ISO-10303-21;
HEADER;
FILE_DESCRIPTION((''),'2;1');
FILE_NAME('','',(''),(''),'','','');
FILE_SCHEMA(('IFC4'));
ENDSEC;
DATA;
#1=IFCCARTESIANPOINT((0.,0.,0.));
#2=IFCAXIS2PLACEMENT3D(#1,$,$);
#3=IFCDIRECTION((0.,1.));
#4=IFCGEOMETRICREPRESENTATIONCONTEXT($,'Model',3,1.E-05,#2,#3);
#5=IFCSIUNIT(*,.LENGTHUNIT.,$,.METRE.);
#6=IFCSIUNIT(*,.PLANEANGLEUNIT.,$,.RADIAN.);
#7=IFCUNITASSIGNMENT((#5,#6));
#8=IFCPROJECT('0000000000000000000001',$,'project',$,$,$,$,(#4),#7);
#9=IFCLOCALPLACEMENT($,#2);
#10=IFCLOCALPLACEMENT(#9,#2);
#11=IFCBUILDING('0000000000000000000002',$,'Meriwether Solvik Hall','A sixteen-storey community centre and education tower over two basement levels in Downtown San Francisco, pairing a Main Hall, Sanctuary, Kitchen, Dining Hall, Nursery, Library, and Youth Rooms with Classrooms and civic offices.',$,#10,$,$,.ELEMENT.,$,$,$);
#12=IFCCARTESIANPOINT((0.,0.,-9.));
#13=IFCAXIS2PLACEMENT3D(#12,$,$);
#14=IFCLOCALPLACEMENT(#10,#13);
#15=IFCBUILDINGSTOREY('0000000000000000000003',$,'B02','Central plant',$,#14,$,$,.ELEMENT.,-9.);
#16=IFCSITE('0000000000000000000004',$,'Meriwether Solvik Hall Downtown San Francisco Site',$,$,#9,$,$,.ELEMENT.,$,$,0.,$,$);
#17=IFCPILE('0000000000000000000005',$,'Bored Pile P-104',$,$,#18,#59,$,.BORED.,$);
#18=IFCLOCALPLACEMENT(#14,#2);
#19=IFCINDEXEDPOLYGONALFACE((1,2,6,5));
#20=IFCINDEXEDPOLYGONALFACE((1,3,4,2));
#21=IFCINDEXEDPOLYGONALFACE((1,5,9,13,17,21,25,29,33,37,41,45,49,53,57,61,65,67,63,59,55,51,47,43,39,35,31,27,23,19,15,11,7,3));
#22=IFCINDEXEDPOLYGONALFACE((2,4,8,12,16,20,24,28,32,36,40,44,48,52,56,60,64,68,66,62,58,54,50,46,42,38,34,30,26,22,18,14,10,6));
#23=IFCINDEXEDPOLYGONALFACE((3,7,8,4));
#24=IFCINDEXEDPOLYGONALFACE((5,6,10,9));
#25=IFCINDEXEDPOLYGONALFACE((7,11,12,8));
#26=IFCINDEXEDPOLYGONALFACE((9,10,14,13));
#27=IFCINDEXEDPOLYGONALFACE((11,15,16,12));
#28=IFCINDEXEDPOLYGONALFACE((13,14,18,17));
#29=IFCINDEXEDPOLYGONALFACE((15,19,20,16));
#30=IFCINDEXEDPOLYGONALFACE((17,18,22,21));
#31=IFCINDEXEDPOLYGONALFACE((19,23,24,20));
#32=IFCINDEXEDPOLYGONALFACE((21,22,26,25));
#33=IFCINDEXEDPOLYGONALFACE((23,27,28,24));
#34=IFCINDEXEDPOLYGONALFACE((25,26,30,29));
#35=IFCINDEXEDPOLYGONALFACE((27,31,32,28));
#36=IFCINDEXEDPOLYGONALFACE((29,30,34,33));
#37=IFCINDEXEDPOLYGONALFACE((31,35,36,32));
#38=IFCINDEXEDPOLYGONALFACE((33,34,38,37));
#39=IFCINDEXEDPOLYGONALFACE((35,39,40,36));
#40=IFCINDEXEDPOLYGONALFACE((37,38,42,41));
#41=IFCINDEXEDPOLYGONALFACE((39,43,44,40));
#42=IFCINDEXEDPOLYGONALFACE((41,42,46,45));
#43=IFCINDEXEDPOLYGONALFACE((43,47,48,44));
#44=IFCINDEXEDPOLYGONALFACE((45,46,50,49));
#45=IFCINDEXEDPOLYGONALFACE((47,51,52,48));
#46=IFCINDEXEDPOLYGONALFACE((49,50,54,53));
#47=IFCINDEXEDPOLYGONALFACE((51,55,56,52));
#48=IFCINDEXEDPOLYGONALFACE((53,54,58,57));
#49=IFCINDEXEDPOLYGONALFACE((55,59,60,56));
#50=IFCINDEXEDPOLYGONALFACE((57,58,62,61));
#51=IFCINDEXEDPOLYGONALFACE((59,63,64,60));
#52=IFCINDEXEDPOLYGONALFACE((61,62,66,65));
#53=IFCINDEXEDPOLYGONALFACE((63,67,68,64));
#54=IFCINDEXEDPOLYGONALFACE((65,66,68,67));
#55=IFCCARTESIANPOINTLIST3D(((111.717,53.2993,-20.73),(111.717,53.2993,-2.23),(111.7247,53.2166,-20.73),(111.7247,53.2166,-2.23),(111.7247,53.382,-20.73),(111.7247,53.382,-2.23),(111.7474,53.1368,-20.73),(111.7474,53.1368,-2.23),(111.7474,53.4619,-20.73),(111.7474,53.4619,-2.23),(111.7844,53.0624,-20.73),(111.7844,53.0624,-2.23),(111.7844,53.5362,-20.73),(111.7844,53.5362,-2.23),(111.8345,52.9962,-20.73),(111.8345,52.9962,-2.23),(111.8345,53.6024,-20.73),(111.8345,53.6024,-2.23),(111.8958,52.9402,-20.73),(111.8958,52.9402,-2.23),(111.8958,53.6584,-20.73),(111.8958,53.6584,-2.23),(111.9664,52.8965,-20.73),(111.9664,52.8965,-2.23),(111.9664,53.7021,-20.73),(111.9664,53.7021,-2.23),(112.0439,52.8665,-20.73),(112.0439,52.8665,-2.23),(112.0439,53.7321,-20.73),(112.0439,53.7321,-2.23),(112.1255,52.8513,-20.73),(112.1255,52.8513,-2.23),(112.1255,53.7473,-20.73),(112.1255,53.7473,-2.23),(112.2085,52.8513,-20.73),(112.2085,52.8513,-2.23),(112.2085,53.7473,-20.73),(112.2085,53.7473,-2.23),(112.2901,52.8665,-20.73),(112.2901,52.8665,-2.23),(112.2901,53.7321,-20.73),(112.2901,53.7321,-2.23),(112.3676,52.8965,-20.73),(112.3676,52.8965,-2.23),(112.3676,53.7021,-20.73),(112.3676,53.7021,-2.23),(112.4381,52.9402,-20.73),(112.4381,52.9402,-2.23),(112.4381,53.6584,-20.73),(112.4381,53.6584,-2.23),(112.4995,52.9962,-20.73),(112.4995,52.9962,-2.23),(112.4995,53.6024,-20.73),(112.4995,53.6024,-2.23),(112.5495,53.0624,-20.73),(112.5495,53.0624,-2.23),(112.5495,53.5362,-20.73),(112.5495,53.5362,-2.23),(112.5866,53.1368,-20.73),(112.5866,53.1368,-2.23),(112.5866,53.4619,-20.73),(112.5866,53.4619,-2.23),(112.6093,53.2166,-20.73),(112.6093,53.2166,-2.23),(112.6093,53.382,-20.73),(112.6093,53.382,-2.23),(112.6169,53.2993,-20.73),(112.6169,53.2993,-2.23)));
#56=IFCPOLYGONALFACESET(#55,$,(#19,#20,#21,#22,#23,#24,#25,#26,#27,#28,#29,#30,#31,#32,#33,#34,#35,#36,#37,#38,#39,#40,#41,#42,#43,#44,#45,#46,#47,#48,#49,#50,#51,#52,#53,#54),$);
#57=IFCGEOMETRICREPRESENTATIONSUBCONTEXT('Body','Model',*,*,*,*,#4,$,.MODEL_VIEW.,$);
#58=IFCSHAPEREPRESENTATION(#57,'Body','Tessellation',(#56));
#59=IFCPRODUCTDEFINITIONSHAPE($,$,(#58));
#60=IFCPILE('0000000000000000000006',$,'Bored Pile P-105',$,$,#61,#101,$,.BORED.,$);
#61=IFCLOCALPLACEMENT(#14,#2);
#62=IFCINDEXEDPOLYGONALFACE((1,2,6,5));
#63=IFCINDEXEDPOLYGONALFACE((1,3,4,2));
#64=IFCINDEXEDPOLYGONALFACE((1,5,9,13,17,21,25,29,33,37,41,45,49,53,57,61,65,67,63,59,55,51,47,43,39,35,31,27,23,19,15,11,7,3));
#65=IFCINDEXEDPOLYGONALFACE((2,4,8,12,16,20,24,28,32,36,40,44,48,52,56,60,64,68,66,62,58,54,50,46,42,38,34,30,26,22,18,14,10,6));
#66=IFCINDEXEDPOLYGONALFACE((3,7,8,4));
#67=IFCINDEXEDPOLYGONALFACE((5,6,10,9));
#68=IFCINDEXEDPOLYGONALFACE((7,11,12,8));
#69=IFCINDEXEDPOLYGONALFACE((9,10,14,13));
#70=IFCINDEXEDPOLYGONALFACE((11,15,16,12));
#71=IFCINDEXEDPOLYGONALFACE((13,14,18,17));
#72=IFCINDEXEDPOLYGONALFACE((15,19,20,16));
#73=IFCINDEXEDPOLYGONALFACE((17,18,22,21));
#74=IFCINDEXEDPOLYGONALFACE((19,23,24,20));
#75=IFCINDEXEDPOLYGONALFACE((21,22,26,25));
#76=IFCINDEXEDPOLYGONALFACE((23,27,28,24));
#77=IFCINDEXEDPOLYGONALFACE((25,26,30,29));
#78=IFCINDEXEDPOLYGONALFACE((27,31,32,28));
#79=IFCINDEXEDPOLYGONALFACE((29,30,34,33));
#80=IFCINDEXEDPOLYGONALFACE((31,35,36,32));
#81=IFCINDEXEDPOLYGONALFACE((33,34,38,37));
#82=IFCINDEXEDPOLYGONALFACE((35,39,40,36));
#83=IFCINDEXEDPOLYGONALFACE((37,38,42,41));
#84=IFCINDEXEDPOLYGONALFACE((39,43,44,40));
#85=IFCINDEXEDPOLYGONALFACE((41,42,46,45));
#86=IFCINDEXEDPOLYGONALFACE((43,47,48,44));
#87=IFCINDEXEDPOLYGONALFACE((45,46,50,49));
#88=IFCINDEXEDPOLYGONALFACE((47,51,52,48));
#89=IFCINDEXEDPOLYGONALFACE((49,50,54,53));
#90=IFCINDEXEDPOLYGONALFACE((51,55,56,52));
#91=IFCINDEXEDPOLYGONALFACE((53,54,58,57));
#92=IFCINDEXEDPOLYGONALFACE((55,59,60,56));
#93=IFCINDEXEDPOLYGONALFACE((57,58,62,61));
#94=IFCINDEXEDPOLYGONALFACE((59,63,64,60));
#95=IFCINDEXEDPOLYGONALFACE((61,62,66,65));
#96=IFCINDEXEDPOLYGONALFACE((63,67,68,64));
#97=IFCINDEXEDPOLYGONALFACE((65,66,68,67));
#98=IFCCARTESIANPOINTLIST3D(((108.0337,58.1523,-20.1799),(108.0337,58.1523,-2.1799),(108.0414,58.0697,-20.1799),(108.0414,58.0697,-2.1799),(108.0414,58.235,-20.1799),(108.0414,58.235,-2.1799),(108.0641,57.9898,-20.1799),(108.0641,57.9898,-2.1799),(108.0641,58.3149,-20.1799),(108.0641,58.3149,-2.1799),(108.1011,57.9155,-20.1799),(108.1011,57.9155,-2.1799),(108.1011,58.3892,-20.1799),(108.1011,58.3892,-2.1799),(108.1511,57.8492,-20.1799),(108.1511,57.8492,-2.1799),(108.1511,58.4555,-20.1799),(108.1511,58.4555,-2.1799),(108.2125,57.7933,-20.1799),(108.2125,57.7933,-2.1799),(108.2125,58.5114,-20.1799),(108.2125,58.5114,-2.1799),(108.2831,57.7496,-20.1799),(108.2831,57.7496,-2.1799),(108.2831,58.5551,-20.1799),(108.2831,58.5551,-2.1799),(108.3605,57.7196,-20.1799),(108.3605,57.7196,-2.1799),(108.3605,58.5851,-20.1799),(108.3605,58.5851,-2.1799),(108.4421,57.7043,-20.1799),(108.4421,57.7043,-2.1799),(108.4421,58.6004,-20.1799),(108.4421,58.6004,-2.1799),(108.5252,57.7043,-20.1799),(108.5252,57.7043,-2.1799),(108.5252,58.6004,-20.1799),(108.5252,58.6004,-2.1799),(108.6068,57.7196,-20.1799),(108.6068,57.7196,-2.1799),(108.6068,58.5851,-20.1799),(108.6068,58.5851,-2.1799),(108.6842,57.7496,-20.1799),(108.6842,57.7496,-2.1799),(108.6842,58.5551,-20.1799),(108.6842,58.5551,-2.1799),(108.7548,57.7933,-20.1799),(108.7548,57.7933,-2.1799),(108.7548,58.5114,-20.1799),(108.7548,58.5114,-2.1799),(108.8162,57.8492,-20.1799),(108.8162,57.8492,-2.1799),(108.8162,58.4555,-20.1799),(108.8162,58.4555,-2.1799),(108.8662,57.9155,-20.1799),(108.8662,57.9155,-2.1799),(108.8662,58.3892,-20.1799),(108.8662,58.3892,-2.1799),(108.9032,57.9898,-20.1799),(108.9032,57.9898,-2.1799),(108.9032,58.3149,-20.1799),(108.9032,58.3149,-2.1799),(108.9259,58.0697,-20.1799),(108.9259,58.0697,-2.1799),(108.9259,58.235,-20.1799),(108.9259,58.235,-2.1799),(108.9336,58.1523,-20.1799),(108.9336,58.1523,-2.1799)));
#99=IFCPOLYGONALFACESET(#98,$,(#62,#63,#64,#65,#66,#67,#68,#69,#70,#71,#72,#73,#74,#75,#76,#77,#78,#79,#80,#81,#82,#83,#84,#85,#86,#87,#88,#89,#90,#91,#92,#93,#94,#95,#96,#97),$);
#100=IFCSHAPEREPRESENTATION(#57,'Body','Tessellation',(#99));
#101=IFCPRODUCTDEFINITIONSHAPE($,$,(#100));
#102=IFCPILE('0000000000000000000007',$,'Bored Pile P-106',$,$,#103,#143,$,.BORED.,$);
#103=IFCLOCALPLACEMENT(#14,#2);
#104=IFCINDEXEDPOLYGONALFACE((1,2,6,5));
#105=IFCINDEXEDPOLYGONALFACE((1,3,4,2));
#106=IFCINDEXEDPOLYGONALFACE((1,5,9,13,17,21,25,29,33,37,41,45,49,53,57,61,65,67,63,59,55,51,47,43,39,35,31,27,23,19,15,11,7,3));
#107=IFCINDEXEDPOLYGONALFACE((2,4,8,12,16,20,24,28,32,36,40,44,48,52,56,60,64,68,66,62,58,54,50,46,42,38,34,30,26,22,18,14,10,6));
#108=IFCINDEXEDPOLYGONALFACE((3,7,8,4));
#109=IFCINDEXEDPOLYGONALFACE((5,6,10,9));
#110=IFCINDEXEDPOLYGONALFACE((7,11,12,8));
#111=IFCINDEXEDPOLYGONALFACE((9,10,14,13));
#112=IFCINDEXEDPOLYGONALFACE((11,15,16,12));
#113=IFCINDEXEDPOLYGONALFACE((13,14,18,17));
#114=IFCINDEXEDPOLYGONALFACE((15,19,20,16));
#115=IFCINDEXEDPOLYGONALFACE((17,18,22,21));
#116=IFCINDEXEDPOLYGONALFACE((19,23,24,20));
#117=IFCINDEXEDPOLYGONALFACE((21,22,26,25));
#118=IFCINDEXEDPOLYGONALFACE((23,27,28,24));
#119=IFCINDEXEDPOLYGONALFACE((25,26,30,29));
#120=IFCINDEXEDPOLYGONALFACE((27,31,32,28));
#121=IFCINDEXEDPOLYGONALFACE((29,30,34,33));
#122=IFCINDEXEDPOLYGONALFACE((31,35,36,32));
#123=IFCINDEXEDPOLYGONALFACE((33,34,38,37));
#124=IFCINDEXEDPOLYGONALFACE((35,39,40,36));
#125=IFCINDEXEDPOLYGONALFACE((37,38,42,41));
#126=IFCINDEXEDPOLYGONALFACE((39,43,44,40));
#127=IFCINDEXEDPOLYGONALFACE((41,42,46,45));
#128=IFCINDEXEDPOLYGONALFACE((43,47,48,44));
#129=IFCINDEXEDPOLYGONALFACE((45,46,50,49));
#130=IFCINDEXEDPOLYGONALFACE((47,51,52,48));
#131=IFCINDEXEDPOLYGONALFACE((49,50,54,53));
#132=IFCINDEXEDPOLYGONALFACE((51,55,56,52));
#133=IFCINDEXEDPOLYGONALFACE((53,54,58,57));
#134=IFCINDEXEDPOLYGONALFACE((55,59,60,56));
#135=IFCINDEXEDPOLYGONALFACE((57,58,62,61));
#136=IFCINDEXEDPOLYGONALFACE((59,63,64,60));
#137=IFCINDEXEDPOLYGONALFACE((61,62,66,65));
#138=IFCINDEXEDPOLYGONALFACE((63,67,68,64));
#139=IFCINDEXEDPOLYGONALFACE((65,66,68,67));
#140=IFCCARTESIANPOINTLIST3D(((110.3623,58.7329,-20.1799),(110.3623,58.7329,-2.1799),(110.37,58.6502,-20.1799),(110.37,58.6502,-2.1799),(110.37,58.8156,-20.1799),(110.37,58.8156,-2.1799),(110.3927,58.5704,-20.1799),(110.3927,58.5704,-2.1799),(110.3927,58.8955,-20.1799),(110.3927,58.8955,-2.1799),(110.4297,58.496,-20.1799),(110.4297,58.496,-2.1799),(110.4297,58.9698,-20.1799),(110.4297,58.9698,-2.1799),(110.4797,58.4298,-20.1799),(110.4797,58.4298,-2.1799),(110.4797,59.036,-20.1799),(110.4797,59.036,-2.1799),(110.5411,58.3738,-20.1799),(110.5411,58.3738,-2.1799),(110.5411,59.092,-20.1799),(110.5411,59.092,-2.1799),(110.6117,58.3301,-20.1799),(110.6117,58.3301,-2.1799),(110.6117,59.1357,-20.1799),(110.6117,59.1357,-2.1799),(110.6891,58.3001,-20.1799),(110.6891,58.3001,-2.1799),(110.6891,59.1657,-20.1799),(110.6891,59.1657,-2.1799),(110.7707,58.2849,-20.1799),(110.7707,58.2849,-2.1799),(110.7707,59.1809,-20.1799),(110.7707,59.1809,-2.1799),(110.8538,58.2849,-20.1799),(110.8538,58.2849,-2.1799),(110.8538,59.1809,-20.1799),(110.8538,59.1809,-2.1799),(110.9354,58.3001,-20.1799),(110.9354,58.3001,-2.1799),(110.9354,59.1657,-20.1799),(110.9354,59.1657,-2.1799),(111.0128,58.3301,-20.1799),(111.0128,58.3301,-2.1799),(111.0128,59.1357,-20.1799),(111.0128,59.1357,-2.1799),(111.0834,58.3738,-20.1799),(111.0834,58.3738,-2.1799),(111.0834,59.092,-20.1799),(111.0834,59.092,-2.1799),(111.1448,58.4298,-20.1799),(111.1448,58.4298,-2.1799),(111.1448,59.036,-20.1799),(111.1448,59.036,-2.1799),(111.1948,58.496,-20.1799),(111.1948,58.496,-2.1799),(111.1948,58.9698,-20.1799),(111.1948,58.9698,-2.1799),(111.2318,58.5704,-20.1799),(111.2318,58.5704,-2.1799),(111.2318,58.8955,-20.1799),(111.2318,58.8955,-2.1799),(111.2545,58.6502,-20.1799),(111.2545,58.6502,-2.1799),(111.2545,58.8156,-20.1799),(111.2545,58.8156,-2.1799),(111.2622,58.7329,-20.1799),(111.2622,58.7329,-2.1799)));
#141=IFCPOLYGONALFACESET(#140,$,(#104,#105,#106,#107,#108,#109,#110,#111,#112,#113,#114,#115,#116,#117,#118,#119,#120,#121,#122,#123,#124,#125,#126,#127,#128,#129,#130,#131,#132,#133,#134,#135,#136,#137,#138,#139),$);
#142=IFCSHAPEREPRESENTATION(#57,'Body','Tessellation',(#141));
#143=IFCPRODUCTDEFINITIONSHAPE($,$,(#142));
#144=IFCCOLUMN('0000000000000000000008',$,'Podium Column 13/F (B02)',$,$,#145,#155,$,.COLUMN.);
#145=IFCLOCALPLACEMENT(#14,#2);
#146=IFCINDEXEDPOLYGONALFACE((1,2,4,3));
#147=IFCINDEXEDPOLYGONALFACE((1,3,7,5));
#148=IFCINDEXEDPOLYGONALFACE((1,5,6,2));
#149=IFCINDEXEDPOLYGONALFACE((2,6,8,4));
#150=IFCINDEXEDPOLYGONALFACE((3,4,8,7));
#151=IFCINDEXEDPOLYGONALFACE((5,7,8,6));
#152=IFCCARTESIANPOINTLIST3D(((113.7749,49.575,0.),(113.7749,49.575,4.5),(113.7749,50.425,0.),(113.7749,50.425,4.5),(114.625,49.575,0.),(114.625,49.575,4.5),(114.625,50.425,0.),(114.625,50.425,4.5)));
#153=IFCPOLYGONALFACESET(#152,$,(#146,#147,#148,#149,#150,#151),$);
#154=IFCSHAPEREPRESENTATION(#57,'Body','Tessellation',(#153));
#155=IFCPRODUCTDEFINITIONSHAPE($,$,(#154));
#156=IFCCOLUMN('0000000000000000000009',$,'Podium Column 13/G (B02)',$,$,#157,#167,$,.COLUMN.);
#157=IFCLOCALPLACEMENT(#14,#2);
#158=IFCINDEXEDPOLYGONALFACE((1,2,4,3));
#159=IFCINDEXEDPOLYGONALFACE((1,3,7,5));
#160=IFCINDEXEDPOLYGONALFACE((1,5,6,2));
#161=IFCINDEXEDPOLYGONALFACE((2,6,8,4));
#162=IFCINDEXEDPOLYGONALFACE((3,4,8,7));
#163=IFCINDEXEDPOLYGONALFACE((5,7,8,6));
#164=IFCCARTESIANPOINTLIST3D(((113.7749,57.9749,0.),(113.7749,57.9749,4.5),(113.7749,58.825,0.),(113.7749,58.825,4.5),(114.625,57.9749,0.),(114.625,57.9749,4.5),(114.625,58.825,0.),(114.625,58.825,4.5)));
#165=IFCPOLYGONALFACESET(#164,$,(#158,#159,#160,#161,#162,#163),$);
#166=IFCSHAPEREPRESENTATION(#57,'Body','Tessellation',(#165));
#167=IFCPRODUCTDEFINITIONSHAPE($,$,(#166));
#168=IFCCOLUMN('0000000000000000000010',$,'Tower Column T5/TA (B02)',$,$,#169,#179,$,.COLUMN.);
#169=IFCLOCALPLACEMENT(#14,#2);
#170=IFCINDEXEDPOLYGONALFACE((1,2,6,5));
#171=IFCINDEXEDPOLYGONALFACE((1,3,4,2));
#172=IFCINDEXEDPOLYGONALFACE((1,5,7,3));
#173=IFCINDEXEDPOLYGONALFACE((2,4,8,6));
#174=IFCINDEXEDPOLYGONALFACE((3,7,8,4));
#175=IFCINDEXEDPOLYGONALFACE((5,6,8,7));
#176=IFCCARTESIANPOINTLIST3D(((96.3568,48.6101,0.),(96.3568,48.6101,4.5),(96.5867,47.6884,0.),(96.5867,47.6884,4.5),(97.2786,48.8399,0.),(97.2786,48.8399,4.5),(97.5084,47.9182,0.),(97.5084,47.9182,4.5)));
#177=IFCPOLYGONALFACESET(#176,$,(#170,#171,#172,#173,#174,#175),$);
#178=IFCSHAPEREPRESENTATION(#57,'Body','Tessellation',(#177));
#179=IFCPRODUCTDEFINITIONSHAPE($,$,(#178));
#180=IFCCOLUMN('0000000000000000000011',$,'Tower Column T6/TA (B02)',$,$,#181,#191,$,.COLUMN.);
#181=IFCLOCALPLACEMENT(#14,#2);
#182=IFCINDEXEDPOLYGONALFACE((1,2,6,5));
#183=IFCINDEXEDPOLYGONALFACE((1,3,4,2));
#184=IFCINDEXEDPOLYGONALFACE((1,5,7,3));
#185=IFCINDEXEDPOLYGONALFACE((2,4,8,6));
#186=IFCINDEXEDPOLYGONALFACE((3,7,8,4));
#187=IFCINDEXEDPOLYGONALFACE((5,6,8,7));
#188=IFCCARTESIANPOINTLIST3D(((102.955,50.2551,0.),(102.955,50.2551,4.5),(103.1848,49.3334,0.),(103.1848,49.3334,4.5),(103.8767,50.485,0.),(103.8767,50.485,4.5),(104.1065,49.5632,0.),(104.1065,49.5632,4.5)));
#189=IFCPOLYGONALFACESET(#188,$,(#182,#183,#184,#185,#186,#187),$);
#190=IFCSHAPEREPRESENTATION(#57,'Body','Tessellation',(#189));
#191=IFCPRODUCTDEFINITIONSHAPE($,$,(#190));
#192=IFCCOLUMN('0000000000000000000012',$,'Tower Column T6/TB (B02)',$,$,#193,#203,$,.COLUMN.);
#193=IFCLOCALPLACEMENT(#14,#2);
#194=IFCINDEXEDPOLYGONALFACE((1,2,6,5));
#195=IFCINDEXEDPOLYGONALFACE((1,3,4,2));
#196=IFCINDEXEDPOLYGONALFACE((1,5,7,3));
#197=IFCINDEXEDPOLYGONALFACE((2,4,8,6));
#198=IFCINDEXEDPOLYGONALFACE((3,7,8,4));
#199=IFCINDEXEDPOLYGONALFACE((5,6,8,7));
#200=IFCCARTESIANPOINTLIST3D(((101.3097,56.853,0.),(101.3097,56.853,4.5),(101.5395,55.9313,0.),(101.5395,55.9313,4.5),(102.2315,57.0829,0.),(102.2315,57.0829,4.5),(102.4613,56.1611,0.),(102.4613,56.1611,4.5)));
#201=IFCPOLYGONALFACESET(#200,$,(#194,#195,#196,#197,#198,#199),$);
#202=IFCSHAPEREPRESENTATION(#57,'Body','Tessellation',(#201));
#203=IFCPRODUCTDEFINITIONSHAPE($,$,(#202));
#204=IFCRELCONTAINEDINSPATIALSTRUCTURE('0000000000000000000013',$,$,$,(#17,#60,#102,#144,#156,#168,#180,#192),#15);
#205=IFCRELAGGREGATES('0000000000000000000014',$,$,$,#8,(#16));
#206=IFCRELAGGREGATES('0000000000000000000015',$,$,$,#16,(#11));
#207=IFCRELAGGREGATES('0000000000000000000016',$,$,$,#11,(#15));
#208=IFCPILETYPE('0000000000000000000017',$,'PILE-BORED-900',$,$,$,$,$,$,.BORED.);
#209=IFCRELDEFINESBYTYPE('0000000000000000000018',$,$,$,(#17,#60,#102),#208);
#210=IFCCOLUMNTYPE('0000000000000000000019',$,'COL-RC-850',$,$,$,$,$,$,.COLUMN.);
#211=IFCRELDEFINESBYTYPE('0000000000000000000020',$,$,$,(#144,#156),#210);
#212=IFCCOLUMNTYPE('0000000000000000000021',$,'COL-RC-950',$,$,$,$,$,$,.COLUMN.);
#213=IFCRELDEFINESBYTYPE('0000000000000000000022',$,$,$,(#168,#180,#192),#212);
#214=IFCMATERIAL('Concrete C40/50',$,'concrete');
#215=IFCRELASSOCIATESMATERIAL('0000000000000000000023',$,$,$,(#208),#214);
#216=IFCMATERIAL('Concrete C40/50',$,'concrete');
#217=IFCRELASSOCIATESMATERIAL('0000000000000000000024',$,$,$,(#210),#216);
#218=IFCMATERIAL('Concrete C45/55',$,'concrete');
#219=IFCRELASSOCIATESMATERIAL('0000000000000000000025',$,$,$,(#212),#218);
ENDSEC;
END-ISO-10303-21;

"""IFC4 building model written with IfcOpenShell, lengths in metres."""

from ifc_helpers import new_model, si_unit, direction, frame, origin, origin_2d, place, context, subcontext, project, spatial, rectangle, circle, extrude, material, material_profile, profile_set, type_object, element, save


model = new_model("IFC4")

# Units and contexts
model_context = context("Model", 3, precision=1e-05, world=origin(), true_north=direction((0.0, 1.0)))
body_context = subcontext(model_context, "Body", "Model", "MODEL_VIEW")
ifc_project = project(units=[si_unit("LENGTHUNIT", "METRE"), si_unit("PLANEANGLEUNIT", "RADIAN")], contexts=[model_context])

# Site, building, storey
site_placement = place(None, origin())
site = spatial("IfcSite", under=ifc_project, at=site_placement, Name="Meriwether Solvik Hall Downtown San Francisco Site", CompositionType="ELEMENT", RefElevation=0.0)
building_placement = place(site_placement, origin())
building = spatial("IfcBuilding", under=site, at=building_placement, Name="Meriwether Solvik Hall", Description="A sixteen-storey community centre and education tower over two basement levels in Downtown San Francisco, pairing a Main Hall, Sanctuary, Kitchen, Dining Hall, Nursery, Library, and Youth Rooms with Classrooms and civic offices.", CompositionType="ELEMENT")
storey_placement = place(building_placement, frame((0.0, 0.0, -9.0)))
storey = spatial("IfcBuildingStorey", under=building, at=storey_placement, Name="B02", Description="Central plant", CompositionType="ELEMENT", Elevation=-9.0)

# Piles
ifc_material_1 = material(Name="Concrete C40/50", Category="concrete")
ifc_material_profile_1 = material_profile(ifc_material_1, circle(Radius=0.45, at=origin_2d()), Name="PILE-D900")
ifc_profile_set_1 = profile_set([ifc_material_profile_1], Name="Concrete C40/50")
pile_type_1 = type_object("IfcPileType", Name="PILE-BORED-900", PredefinedType="BORED", material=ifc_profile_set_1)
for number, where, z_axis, x_axis, name in (
    (1, (112.167, 53.2993, -2.23), (0.0, 0.0, -1.0), (1.0, 0.0, 0.0), "Bored Pile P-104"),
):
    element("IfcPile", number, at=place(storey_placement, frame(where, z_axis=z_axis, x_axis=x_axis)), inside=storey, type_object=pile_type_1, Name=name, PredefinedType="BORED", context=body_context, shape_type="SweptSolid", body=[
        extrude(circle(Radius=0.45, at=origin_2d()), origin(), (0.0, 0.0, 1.0), 18.5),
    ])
for number, where, z_axis, x_axis, name in (
    (2, (108.4836, 58.1523, -2.1799), (0.0, 0.0, -1.0), (1.0, 0.0, 0.0), "Bored Pile P-105"),
    (3, (110.8123, 58.7329, -2.1799), (0.0, 0.0, -1.0), (1.0, 0.0, 0.0), "Bored Pile P-106"),
):
    element("IfcPile", number, at=place(storey_placement, frame(where, z_axis=z_axis, x_axis=x_axis)), inside=storey, type_object=pile_type_1, Name=name, PredefinedType="BORED", context=body_context, shape_type="SweptSolid", body=[
        extrude(circle(Radius=0.45, at=origin_2d()), origin(), (0.0, 0.0, 1.0), 18.0),
    ])

# Columns
ifc_material_2 = material(Name="Concrete C40/50", Category="concrete")
ifc_material_profile_2 = material_profile(ifc_material_2, rectangle(XDim=0.8501, YDim=0.8501, at=origin_2d()), Name="RCC-850X850")
ifc_profile_set_2 = profile_set([ifc_material_profile_2], Name="Concrete C40/50")
column_type_1 = type_object("IfcColumnType", Name="COL-RC-850", PredefinedType="COLUMN", material=ifc_profile_set_2)
for number, where, z_axis, x_axis, name in (
    (4, (114.2, 50.0, 0.0), (0.0, 0.0, 1.0), (1.0, 0.0, 0.0), "Podium Column 13/F (B02)"),
    (5, (114.2, 58.3999, 0.0), (0.0, 0.0, 1.0), (1.0, 0.0, 0.0), "Podium Column 13/G (B02)"),
):
    element("IfcColumn", number, at=place(storey_placement, frame(where, z_axis=z_axis, x_axis=x_axis)), inside=storey, type_object=column_type_1, Name=name, PredefinedType="COLUMN", context=body_context, shape_type="SweptSolid", body=[
        extrude(rectangle(XDim=0.8501, YDim=0.8501, at=origin_2d()), origin(), (0.0, 0.0, 1.0), 4.5),
    ])
ifc_material_3 = material(Name="Concrete C45/55", Category="concrete")
ifc_material_profile_3 = material_profile(ifc_material_3, rectangle(XDim=0.95, YDim=0.95, at=origin_2d()), Name="RCC-950X950")
ifc_profile_set_3 = profile_set([ifc_material_profile_3], Name="Concrete C45/55")
column_type_2 = type_object("IfcColumnType", Name="COL-RC-950", PredefinedType="COLUMN", material=ifc_profile_set_3)
for number, where, z_axis, x_axis, name in (
    (6, (96.9326, 48.2642, 0.0), (0.0, 0.0, 1.0), (0.970296, 0.241922, 0.0), "Tower Column T5/TA (B02)"),
    (7, (103.5308, 49.9092, 0.0), (0.0, 0.0, 1.0), (0.970296, 0.241922, 0.0), "Tower Column T6/TA (B02)"),
    (8, (101.8855, 56.5071, 0.0), (0.0, 0.0, 1.0), (0.970296, 0.241922, 0.0), "Tower Column T6/TB (B02)"),
):
    element("IfcColumn", number, at=place(storey_placement, frame(where, z_axis=z_axis, x_axis=x_axis)), inside=storey, type_object=column_type_2, Name=name, PredefinedType="COLUMN", context=body_context, shape_type="SweptSolid", body=[
        extrude(rectangle(XDim=0.95, YDim=0.95, at=origin_2d()), origin(), (0.0, 0.0, 1.0), 4.5),
    ])

save(model, "model.ifc")
